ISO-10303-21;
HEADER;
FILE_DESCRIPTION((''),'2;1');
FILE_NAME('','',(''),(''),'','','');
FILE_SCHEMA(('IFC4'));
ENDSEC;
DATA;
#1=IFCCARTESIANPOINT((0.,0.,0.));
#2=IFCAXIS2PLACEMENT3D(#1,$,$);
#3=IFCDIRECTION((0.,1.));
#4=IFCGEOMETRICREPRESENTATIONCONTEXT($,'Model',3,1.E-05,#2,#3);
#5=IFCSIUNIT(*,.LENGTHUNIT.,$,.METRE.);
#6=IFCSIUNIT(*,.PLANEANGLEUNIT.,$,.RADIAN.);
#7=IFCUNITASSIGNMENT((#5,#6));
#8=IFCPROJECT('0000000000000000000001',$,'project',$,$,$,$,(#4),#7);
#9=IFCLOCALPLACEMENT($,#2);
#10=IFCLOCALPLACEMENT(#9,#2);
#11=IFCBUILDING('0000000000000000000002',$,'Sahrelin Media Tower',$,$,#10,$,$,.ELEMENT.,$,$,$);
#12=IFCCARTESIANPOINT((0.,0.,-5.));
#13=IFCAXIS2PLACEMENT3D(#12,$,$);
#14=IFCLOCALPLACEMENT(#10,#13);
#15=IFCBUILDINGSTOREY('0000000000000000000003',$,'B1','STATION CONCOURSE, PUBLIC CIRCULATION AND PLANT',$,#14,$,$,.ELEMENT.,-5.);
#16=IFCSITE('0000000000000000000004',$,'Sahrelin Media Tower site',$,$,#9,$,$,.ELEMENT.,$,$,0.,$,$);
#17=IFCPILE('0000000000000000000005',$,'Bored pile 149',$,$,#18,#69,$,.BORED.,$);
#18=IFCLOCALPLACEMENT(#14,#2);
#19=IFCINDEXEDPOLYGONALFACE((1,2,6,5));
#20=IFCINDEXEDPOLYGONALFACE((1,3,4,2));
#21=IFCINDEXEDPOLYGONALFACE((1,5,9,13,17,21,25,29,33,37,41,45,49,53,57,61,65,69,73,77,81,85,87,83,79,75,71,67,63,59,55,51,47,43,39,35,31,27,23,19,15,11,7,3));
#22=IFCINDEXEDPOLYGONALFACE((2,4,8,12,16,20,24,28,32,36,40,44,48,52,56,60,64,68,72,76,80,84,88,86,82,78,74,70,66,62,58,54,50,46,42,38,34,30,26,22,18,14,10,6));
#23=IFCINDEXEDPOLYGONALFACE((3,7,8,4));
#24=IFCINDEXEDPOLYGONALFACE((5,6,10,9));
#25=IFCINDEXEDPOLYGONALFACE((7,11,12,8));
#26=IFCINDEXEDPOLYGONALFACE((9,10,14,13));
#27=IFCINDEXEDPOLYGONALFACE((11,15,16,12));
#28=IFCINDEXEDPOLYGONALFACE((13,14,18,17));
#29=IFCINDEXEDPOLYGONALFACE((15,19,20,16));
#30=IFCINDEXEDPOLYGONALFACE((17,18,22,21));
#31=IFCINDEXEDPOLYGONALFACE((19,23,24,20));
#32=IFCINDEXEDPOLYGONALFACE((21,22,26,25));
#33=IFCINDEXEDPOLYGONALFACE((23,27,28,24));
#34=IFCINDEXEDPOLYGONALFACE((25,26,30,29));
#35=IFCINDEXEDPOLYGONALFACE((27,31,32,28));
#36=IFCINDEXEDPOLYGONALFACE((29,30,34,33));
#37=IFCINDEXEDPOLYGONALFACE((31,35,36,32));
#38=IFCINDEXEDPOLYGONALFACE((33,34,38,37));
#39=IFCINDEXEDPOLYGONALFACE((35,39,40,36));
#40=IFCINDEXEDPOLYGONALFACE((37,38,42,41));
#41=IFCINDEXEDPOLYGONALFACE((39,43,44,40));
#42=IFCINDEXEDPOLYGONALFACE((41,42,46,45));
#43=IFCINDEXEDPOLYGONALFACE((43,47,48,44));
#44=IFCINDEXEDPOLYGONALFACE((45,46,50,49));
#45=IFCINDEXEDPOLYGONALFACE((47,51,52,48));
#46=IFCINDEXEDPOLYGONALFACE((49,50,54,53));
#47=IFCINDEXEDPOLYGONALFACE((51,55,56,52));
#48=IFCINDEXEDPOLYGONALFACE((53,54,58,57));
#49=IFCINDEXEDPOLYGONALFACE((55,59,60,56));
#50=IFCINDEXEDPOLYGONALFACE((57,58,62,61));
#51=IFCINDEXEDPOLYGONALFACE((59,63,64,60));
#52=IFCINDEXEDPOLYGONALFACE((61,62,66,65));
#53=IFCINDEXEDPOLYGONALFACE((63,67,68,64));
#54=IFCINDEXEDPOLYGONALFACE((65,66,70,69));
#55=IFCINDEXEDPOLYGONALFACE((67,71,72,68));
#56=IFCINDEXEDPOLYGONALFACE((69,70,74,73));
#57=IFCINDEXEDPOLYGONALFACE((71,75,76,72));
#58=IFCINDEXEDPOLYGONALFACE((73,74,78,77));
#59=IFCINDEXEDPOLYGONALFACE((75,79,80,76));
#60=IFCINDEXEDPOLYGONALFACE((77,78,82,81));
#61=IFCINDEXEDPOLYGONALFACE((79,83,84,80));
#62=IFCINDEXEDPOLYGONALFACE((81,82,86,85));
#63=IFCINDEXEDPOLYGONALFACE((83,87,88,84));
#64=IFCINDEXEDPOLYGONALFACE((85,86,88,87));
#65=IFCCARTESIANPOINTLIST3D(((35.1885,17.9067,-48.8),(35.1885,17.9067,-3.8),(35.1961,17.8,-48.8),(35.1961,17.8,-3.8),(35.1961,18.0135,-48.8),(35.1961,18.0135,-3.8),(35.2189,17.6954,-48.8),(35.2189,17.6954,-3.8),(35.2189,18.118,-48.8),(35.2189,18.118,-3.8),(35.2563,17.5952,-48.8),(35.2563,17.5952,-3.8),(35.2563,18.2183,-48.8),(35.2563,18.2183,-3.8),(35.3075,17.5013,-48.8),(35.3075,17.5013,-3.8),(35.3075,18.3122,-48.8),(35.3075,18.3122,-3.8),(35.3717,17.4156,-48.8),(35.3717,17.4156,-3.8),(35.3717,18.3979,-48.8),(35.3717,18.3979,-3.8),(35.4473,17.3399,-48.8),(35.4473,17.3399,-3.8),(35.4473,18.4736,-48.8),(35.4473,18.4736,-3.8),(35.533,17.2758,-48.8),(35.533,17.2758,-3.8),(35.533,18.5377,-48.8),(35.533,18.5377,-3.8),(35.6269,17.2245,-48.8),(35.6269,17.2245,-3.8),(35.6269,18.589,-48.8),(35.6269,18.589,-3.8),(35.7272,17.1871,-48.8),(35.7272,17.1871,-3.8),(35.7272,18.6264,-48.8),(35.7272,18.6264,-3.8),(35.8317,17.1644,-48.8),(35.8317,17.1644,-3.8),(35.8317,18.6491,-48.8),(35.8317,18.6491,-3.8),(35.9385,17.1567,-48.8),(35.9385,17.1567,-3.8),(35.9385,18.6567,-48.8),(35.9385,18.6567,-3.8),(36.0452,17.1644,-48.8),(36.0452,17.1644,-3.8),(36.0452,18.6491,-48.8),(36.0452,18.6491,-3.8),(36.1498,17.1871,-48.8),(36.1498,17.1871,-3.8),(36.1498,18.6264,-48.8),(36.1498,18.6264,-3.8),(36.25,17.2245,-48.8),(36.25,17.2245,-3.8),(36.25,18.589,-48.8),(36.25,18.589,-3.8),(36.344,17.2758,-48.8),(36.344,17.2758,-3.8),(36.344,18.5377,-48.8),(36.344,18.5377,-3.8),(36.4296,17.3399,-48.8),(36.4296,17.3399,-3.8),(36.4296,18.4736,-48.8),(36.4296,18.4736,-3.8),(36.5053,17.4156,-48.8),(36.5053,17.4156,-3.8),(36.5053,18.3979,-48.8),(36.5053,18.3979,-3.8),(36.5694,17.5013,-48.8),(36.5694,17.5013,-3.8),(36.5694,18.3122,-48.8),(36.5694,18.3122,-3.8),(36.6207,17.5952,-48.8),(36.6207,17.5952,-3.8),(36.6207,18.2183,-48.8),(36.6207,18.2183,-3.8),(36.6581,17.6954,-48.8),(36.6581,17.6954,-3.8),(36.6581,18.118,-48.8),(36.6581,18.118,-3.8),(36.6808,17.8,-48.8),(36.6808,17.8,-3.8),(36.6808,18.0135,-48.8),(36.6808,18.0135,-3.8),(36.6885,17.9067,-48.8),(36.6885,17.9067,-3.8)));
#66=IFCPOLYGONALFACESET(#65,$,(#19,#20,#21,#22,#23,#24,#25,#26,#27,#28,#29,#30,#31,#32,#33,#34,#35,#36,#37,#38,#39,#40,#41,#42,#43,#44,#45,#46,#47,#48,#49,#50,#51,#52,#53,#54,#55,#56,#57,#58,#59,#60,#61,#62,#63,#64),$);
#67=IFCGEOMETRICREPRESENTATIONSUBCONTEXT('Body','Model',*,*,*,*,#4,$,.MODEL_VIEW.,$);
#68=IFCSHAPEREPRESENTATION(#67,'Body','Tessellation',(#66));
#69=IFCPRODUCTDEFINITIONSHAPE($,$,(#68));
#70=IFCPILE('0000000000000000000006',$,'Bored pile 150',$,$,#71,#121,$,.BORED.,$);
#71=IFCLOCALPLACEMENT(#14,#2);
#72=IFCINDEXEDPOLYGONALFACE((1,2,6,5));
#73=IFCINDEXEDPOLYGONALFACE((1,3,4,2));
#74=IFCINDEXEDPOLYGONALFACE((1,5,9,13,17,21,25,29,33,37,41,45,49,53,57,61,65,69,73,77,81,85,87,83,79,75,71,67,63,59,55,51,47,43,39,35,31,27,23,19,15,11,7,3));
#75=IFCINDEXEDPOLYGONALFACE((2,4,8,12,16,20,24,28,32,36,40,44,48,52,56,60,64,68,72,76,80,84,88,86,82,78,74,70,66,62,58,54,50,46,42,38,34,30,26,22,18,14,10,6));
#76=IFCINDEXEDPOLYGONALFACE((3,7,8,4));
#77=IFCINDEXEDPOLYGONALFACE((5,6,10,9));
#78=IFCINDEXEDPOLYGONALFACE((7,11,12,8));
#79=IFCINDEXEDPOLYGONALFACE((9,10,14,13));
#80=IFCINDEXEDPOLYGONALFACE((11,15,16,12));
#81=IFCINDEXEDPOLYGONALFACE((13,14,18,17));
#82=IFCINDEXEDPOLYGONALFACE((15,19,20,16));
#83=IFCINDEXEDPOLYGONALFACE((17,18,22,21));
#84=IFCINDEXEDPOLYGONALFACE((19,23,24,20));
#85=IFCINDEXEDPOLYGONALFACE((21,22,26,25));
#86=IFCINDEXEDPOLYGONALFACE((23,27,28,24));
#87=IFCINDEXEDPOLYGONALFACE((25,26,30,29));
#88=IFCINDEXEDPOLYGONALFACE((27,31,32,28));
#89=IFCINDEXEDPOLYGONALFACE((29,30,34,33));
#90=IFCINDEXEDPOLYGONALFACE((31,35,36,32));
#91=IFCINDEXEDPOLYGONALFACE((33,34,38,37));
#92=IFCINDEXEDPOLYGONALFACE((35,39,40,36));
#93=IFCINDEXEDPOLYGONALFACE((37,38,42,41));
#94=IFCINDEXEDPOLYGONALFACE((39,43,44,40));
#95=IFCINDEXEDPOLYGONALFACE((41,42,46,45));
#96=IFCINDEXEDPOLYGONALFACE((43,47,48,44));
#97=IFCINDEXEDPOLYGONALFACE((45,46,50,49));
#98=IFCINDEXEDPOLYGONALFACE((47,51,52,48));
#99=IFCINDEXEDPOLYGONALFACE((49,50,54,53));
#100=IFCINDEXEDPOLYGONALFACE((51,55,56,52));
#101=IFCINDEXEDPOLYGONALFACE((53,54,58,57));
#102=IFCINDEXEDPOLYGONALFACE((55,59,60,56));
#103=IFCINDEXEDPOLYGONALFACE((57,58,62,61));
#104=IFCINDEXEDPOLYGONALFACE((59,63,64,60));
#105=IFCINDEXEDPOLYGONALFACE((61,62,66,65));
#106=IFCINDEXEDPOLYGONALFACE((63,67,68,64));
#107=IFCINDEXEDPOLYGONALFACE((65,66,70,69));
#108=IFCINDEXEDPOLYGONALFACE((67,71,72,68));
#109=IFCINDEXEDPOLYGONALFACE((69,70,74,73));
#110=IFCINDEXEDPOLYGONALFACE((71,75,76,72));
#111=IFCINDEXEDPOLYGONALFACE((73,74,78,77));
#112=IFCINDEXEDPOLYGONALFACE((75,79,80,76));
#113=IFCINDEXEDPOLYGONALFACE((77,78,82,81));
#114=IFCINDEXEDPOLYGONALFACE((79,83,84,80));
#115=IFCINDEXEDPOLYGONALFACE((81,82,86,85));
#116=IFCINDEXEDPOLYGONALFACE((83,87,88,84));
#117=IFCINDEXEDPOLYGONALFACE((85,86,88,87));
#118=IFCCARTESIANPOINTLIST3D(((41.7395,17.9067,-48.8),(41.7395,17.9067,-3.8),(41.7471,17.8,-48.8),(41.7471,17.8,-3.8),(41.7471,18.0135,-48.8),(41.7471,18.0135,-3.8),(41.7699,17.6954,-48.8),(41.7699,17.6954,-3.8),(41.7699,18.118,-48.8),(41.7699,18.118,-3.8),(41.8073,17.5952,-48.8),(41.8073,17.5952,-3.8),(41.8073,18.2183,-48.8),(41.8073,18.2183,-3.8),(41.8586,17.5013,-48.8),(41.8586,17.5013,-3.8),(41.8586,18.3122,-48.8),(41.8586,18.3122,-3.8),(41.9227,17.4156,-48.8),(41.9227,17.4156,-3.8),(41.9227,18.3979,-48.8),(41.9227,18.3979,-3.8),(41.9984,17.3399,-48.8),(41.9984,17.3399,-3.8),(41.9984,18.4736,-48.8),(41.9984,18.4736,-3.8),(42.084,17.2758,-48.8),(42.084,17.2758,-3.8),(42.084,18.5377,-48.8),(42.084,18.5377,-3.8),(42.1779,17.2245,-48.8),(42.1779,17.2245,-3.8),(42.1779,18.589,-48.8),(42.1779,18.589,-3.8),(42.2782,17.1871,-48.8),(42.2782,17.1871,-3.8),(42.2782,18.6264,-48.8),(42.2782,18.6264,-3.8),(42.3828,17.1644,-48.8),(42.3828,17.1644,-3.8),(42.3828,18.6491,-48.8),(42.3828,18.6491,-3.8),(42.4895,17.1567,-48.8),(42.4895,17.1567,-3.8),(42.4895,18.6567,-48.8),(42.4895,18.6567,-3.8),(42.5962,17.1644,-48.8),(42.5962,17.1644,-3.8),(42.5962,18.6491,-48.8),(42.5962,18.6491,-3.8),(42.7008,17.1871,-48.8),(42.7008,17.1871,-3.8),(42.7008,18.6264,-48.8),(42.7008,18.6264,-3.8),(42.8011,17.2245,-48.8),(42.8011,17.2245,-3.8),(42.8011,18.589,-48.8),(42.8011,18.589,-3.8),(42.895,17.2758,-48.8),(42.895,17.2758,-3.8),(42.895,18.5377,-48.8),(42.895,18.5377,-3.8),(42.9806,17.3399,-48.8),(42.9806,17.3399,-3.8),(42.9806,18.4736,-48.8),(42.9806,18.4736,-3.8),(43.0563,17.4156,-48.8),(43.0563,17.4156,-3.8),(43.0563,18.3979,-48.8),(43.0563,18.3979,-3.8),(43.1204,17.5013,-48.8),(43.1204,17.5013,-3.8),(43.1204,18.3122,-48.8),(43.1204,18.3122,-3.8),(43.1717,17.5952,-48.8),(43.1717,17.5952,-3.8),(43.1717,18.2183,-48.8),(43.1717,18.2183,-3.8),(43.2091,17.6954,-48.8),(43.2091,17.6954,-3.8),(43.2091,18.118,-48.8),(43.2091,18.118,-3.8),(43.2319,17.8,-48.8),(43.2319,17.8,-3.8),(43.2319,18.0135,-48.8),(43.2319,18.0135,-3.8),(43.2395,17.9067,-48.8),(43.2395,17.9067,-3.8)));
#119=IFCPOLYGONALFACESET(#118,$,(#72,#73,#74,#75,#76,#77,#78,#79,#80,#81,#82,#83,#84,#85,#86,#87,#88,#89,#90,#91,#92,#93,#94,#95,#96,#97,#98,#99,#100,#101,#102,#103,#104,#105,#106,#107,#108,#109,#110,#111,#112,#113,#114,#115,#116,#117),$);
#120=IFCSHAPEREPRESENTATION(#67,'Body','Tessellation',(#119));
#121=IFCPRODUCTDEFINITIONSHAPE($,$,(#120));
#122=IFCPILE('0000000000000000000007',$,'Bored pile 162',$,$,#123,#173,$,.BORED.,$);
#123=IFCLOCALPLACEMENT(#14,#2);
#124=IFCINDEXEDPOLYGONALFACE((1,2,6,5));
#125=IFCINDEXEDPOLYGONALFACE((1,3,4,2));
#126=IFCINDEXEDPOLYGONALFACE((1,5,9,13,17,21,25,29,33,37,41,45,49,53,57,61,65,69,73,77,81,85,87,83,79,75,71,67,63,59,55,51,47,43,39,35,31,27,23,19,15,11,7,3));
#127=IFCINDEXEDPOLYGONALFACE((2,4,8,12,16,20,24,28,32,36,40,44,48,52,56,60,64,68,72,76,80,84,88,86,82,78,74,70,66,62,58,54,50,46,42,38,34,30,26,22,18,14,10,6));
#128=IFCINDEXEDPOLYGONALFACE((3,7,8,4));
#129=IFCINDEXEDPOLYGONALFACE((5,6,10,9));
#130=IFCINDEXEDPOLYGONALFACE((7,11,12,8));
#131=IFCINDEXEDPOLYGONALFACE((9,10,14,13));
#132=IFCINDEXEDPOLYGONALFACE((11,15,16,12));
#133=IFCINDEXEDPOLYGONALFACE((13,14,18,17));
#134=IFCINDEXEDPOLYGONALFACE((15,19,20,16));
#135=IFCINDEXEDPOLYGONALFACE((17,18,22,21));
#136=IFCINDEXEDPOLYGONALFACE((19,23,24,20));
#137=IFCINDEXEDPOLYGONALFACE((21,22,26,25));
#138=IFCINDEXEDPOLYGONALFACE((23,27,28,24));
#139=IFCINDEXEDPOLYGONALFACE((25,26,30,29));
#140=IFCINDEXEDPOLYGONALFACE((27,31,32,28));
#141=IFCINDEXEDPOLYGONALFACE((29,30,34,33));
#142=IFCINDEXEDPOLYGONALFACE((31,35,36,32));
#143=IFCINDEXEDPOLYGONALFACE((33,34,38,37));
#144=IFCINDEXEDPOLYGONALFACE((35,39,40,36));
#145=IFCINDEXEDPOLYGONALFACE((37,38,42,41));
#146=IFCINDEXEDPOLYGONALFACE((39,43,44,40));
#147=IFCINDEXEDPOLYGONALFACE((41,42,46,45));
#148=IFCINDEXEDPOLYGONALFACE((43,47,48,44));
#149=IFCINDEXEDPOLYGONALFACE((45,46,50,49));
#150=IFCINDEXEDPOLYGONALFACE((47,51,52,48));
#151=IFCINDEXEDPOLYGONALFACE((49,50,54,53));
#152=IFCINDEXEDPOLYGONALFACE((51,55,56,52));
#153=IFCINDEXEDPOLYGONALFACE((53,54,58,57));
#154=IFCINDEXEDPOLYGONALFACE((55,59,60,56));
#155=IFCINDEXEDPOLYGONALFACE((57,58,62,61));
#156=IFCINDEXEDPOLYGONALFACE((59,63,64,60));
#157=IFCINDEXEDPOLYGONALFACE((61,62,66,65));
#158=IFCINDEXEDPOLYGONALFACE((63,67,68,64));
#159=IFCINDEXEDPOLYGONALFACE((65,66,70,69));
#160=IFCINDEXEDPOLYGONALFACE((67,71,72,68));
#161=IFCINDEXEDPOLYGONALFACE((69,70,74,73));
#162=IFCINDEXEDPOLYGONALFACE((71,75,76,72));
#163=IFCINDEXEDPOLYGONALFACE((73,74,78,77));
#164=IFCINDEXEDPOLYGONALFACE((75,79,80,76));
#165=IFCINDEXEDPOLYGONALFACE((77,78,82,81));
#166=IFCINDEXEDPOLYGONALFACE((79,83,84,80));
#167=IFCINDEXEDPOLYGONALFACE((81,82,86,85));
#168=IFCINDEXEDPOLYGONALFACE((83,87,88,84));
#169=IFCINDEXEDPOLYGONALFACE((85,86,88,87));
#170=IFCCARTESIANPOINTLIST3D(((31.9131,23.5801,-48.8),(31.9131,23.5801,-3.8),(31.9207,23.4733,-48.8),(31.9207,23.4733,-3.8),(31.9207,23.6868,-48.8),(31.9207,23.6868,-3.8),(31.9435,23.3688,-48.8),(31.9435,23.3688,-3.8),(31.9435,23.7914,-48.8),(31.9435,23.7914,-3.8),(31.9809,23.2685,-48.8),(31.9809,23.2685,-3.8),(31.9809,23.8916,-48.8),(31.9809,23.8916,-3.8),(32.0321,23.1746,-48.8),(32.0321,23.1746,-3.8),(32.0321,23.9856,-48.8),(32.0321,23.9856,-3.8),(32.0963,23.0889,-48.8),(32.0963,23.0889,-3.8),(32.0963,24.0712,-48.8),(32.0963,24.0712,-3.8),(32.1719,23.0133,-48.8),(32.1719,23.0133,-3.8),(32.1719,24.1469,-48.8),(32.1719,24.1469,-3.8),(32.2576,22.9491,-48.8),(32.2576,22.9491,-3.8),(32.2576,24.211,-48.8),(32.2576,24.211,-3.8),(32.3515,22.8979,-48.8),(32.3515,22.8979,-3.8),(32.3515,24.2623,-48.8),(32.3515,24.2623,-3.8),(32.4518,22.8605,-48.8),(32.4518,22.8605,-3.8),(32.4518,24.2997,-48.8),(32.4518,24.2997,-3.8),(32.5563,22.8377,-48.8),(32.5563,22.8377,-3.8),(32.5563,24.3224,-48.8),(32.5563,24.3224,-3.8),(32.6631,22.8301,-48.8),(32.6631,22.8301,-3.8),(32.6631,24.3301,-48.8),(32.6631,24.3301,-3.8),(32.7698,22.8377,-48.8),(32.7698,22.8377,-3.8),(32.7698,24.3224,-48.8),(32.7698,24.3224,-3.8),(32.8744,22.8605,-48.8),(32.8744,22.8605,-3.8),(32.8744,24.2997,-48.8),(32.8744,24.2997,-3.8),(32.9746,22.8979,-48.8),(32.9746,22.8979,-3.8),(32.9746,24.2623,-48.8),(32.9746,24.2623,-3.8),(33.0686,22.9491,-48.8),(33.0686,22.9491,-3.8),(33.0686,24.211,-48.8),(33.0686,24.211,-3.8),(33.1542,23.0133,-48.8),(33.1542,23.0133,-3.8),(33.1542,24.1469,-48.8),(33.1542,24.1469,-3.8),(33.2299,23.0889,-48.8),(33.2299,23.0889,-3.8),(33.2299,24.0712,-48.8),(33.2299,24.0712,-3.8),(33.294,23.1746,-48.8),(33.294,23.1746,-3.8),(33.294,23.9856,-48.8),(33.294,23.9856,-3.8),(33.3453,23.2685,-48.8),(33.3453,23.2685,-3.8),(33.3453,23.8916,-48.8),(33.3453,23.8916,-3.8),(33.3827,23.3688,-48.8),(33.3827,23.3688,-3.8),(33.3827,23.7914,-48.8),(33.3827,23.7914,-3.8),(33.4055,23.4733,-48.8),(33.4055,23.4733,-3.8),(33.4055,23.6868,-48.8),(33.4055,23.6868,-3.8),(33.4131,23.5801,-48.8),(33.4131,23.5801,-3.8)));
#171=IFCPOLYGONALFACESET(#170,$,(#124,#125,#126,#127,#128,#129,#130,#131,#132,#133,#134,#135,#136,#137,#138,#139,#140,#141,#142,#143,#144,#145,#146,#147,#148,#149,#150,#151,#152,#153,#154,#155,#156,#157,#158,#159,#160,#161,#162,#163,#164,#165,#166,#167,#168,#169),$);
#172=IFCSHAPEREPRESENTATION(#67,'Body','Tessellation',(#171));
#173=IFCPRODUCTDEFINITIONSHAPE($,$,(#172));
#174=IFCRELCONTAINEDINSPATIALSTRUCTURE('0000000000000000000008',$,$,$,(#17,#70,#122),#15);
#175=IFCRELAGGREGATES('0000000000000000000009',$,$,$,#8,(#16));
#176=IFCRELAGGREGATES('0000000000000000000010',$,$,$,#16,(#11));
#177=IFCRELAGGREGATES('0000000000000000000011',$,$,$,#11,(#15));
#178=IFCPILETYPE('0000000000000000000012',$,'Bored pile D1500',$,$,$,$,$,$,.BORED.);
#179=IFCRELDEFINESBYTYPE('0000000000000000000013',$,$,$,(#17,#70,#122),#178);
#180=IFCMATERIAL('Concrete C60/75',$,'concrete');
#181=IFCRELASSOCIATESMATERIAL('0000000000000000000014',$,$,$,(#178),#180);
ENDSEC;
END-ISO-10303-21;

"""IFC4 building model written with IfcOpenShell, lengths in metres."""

from ifc_helpers import new_model, si_unit, direction, frame, origin, origin_2d, place, context, subcontext, project, spatial, circle, extrude, material, material_profile, profile_set, type_object, element, save


model = new_model("IFC4")

# Units and contexts
model_context = context("Model", 3, precision=1e-05, world=origin(), true_north=direction((0.0, 1.0)))
body_context = subcontext(model_context, "Body", "Model", "MODEL_VIEW")
ifc_project = project(units=[si_unit("LENGTHUNIT", "METRE"), si_unit("PLANEANGLEUNIT", "RADIAN")], contexts=[model_context])

# Site, building, storey
site_placement = place(None, origin())
site = spatial("IfcSite", under=ifc_project, at=site_placement, Name="Sahrelin Media Tower site", CompositionType="ELEMENT", RefElevation=0.0)
building_placement = place(site_placement, origin())
building = spatial("IfcBuilding", under=site, at=building_placement, Name="Sahrelin Media Tower", CompositionType="ELEMENT")
storey_placement = place(building_placement, frame((0.0, 0.0, -5.0)))
storey = spatial("IfcBuildingStorey", under=building, at=storey_placement, Name="B1", Description="STATION CONCOURSE, PUBLIC CIRCULATION AND PLANT", CompositionType="ELEMENT", Elevation=-5.0)

# Piles
ifc_material_1 = material(Name="Concrete C60/75", Category="concrete")
ifc_material_profile_1 = material_profile(ifc_material_1, circle(Radius=0.75, at=origin_2d()), Name="Bored pile D1500")
ifc_profile_set_1 = profile_set([ifc_material_profile_1], Name="Concrete C60/75")
pile_type = type_object("IfcPileType", Name="Bored pile D1500", PredefinedType="BORED", material=ifc_profile_set_1)
for number, where, z_axis, x_axis, name in (
    (1, (35.9385, 17.9067, -3.8), (0.0, 0.0, -1.0), (1.0, 0.0, 0.0), "Bored pile 149"),
    (2, (42.4895, 17.9067, -3.8), (0.0, 0.0, -1.0), (1.0, 0.0, 0.0), "Bored pile 150"),
    (3, (32.6631, 23.5801, -3.8), (0.0, 0.0, -1.0), (1.0, 0.0, 0.0), "Bored pile 162"),
):
    element("IfcPile", number, at=place(storey_placement, frame(where, z_axis=z_axis, x_axis=x_axis)), inside=storey, type_object=pile_type, Name=name, PredefinedType="BORED", context=body_context, shape_type="SweptSolid", body=[
        extrude(circle(Radius=0.75, at=origin_2d()), origin(), (0.0, 0.0, 1.0), 45.0),
    ])

save(model, "model.ifc")
